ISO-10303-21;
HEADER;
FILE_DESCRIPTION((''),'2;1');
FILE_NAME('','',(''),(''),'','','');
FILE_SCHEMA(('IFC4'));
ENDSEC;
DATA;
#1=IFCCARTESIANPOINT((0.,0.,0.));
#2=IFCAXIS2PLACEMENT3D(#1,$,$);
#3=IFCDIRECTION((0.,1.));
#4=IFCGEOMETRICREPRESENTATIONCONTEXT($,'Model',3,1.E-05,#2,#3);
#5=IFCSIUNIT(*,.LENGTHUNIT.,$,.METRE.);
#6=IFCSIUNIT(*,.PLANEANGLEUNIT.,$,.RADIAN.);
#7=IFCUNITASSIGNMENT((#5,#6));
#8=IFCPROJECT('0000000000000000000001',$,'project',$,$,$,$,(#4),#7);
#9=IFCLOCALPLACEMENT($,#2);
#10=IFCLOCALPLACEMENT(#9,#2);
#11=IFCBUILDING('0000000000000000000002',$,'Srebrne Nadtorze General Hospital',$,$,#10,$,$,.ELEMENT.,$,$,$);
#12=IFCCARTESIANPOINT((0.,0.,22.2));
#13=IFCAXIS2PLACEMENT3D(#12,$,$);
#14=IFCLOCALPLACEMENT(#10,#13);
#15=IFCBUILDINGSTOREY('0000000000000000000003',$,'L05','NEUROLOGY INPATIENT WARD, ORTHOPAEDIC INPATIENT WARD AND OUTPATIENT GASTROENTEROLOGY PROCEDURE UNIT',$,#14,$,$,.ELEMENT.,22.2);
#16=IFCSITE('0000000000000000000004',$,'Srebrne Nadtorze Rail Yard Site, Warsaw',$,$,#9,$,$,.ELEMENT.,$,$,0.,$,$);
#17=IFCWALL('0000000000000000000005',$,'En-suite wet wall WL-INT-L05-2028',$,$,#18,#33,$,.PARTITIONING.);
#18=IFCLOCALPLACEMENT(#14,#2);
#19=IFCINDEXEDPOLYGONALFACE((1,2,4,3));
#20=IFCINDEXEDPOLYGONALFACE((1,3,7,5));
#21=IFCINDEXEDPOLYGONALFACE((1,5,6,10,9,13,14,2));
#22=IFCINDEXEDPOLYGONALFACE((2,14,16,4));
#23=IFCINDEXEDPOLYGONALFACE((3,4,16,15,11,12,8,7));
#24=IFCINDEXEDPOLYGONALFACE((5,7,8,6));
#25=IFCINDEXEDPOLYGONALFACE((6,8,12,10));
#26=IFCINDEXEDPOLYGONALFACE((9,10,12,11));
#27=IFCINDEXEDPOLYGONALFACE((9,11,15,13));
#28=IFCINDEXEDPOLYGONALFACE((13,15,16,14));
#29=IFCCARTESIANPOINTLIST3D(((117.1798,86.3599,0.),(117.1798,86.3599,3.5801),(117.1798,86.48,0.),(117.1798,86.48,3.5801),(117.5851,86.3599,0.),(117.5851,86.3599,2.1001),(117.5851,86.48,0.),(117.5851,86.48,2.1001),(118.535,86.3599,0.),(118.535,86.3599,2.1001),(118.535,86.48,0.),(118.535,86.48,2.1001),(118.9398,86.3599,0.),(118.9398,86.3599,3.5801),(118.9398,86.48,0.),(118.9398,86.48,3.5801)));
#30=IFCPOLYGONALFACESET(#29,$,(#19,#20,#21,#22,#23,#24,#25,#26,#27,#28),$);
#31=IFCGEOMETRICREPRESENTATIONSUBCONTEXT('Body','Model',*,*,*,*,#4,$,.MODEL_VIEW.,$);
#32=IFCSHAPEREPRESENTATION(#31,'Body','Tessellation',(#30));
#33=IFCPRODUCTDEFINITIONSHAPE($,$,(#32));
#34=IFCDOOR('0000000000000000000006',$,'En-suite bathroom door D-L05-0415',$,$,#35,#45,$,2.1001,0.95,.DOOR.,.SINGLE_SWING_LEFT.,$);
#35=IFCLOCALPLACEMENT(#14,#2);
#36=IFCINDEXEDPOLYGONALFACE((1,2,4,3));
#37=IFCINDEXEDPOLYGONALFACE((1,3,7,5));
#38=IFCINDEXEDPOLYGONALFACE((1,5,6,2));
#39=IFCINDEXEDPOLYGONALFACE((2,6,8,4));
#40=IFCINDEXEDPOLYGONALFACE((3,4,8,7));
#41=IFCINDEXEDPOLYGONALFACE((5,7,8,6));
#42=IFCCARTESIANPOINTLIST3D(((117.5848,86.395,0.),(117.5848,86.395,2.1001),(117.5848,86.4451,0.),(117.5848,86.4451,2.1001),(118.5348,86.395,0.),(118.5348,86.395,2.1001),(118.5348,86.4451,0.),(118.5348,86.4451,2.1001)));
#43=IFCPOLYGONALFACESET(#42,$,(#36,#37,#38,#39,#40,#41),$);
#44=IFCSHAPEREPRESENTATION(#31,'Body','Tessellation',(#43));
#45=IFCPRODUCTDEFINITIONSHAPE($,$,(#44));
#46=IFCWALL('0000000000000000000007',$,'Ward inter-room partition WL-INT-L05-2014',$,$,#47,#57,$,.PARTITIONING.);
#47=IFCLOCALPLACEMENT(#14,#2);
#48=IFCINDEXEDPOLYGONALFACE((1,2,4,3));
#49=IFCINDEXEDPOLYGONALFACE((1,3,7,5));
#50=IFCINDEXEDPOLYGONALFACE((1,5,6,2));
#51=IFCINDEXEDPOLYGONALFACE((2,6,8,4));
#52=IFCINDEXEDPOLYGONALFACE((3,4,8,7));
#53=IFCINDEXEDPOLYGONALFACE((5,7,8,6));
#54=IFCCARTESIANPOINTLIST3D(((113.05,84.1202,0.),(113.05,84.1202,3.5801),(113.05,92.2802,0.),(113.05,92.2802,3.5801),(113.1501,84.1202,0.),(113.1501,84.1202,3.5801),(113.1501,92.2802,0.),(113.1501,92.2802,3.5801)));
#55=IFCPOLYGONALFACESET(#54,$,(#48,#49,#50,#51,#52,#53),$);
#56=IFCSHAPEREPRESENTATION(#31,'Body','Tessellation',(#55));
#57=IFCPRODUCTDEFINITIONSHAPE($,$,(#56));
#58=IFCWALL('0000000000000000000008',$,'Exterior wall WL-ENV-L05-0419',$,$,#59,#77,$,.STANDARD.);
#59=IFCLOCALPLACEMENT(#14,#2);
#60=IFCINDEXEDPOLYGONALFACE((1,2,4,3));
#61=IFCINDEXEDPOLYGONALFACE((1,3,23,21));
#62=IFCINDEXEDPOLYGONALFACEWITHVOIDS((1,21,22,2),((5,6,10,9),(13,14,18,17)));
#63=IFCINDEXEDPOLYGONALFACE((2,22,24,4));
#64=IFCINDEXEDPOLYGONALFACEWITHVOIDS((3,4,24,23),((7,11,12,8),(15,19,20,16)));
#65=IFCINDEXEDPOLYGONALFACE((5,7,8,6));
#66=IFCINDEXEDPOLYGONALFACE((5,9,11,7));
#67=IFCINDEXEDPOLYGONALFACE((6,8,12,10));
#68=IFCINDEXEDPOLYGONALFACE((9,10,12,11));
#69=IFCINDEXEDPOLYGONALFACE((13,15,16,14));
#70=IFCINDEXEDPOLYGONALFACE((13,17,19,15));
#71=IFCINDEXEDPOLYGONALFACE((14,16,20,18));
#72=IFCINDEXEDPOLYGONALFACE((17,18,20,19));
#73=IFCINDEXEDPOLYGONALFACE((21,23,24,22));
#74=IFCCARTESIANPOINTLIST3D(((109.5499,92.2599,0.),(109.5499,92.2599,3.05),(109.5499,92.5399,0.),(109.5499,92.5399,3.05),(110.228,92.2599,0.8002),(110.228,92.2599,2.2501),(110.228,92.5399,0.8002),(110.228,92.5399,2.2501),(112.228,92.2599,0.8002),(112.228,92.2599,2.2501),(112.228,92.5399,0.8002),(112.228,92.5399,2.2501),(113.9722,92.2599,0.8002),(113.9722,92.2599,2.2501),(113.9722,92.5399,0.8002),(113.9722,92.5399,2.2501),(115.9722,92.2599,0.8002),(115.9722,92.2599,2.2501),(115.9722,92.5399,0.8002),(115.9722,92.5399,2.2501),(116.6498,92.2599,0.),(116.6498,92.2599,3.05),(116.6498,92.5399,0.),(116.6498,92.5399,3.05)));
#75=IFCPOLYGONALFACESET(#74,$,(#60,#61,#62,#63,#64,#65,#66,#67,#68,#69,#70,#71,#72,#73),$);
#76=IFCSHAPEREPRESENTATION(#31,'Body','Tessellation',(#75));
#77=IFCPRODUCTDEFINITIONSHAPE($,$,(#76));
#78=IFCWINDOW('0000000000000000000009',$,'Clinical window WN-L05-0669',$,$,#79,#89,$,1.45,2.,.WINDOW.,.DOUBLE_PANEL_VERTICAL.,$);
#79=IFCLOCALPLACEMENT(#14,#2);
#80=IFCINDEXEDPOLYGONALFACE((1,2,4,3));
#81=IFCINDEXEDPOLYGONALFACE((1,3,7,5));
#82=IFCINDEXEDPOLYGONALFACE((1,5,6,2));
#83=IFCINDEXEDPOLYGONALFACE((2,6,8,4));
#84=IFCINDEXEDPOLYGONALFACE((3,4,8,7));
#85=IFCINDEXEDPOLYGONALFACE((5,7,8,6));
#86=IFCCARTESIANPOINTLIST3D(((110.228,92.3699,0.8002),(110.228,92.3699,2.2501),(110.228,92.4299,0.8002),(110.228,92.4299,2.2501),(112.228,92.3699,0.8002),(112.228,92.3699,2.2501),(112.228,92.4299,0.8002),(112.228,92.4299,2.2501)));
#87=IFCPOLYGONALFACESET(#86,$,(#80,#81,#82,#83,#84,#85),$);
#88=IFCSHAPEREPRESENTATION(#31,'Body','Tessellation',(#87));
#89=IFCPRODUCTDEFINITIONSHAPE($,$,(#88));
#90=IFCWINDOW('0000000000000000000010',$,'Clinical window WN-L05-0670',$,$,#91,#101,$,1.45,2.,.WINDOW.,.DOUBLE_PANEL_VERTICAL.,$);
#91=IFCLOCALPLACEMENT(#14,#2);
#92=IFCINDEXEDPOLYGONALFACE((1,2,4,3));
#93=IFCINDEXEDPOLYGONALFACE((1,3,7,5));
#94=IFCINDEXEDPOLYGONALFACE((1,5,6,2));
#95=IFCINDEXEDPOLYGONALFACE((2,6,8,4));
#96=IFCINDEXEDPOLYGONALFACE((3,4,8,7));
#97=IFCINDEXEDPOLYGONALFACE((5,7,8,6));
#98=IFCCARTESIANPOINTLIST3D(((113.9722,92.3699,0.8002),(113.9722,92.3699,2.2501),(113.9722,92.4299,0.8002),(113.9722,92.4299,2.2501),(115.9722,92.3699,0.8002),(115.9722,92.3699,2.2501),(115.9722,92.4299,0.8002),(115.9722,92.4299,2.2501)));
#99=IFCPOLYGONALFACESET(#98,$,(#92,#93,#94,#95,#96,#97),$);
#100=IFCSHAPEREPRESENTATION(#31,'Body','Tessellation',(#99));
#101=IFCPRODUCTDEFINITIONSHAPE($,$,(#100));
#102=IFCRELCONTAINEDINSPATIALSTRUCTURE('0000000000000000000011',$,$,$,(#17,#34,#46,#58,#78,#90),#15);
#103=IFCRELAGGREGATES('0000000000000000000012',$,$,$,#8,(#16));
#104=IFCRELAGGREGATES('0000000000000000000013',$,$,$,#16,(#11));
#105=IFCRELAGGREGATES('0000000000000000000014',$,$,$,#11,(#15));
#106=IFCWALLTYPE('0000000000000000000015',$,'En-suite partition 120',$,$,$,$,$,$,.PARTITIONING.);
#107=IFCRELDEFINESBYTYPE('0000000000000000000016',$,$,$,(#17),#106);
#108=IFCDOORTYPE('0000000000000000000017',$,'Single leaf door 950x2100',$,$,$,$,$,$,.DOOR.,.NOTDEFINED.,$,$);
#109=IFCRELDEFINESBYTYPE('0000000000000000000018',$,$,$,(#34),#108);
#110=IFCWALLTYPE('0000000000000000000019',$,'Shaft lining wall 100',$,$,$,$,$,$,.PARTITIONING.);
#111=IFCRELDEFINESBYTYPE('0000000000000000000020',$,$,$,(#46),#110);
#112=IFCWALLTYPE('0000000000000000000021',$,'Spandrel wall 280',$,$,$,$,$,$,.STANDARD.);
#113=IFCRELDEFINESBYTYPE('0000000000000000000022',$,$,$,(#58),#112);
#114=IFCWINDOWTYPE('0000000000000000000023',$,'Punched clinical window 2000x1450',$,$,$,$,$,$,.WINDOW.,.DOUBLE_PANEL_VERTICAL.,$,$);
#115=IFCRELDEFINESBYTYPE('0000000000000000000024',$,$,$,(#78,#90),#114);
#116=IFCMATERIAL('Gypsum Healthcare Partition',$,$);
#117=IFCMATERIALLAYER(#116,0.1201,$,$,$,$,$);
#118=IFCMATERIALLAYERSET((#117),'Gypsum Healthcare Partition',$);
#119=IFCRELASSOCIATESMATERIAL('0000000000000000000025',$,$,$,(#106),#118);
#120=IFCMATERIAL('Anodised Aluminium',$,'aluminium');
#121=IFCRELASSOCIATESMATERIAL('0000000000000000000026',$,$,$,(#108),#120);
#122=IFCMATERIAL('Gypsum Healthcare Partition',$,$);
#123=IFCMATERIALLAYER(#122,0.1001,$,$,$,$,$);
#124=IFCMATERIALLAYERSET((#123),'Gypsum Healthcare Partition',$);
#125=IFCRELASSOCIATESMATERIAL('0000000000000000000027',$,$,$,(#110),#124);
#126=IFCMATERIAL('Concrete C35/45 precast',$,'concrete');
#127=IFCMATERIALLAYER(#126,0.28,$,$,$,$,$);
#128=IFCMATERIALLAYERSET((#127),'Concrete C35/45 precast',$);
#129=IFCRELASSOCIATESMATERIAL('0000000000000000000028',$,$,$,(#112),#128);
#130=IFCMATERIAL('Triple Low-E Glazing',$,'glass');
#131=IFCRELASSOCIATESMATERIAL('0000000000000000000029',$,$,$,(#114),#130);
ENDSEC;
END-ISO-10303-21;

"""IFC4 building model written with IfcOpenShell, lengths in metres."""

from ifc_helpers import new_model, si_unit, direction, frame, frame_2d, origin, place, context, subcontext, project, spatial, rectangle, extrude, material, layer, layer_set, type_object, element, fill, save


model = new_model("IFC4")

# Units and contexts
model_context = context("Model", 3, precision=1e-05, world=origin(), true_north=direction((0.0, 1.0)))
body_context = subcontext(model_context, "Body", "Model", "MODEL_VIEW")
ifc_project = project(units=[si_unit("LENGTHUNIT", "METRE"), si_unit("PLANEANGLEUNIT", "RADIAN")], contexts=[model_context])

# Site, building, storey
site_placement = place(None, origin())
site = spatial("IfcSite", under=ifc_project, at=site_placement, Name="Srebrne Nadtorze Rail Yard Site, Warsaw", CompositionType="ELEMENT", RefElevation=0.0)
building_placement = place(site_placement, origin())
building = spatial("IfcBuilding", under=site, at=building_placement, Name="Srebrne Nadtorze General Hospital", CompositionType="ELEMENT")
storey_placement = place(building_placement, frame((0.0, 0.0, 22.2)))
storey = spatial("IfcBuildingStorey", under=building, at=storey_placement, Name="L05", Description="NEUROLOGY INPATIENT WARD, ORTHOPAEDIC INPATIENT WARD AND OUTPATIENT GASTROENTEROLOGY PROCEDURE UNIT", CompositionType="ELEMENT", Elevation=22.2)

# Shared definitions
ifc_material_1 = material(Name="Gypsum Healthcare Partition")
ifc_layer_1 = layer(ifc_material_1, 0.1201)
ifc_layer_set_1 = layer_set([ifc_layer_1], Name="Gypsum Healthcare Partition")
wall_type_1 = type_object("IfcWallType", Name="En-suite partition 120", PredefinedType="PARTITIONING", material=ifc_layer_set_1)

# Wall, opening, door
wall_1_placement = place(storey_placement, frame((117.1799, 86.4199, 0.0), z_axis=(0.0, 0.0, 1.0), x_axis=(1.0, 0.0, 0.0)))
wall_1 = element("IfcWall", 1, at=wall_1_placement, inside=storey, type_object=wall_type_1, Name="En-suite wet wall WL-INT-L05-2028", PredefinedType="PARTITIONING", context=body_context, shape_type="SweptSolid", body=[
    extrude(rectangle(XDim=1.76, YDim=0.1201, at=frame_2d((0.8799, 0.0))), origin(), (0.0, 0.0, 1.0), 3.5801),
])
opening_1_placement = place(wall_1_placement, frame((0.405, 0.0, 0.0)))
opening_1 = element("IfcOpeningElement", 2, at=opening_1_placement, cuts=wall_1, PredefinedType="OPENING", context=body_context, shape_type="SweptSolid", body=[
    extrude(rectangle(XDim=0.95, YDim=2.1001, at=frame_2d((0.4751, 1.05))), frame((0.0, 0.072, 0.0), z_axis=(0.0, -1.0, 0.0), x_axis=(1.0, 0.0, 0.0)), (0.0, 0.0, 1.0), 0.144),
])
ifc_material_2 = material(Name="Anodised Aluminium", Category="aluminium")
door_type_1 = type_object("IfcDoorType", Name="Single leaf door 950x2100", OperationType="NOTDEFINED", PredefinedType="DOOR", material=ifc_material_2)
door_1_placement = place(opening_1_placement, frame((0.95, 0.0, 0.0), z_axis=(0.0, 0.0, 1.0), x_axis=(-1.0, 0.0, 0.0)))
door_1 = element("IfcDoor", 3, at=door_1_placement, inside=storey, type_object=door_type_1, Name="En-suite bathroom door D-L05-0415", OperationType="SINGLE_SWING_LEFT", OverallHeight=2.1001, OverallWidth=0.95, PredefinedType="DOOR", context=body_context, shape_type="SweptSolid", body=[
    extrude(rectangle(XDim=0.95, YDim=2.1001, at=frame_2d((0.4751, 1.05))), frame((0.0, 0.0249, 0.0), z_axis=(0.0, -1.0, 0.0), x_axis=(1.0, 0.0, 0.0)), (0.0, 0.0, 1.0), 0.05),
])
fill(opening_1, door_1)

# Wall
ifc_material_3 = material(Name="Gypsum Healthcare Partition")
ifc_layer_2 = layer(ifc_material_3, 0.1001)
ifc_layer_set_2 = layer_set([ifc_layer_2], Name="Gypsum Healthcare Partition")
wall_type_2 = type_object("IfcWallType", Name="Shaft lining wall 100", PredefinedType="PARTITIONING", material=ifc_layer_set_2)
wall_2_placement = place(storey_placement, frame((113.1001, 84.1201, 0.0), z_axis=(0.0, 0.0, 1.0), x_axis=(0.0, 1.0, 0.0)))
element("IfcWall", 4, at=wall_2_placement, inside=storey, type_object=wall_type_2, Name="Ward inter-room partition WL-INT-L05-2014", PredefinedType="PARTITIONING", context=body_context, shape_type="SweptSolid", body=[
    extrude(rectangle(XDim=8.1599, YDim=0.1001, at=frame_2d((4.0801, 0.0))), origin(), (0.0, 0.0, 1.0), 3.5801),
])

# Wall, openings, windows
ifc_material_4 = material(Name="Concrete C35/45 precast", Category="concrete")
ifc_layer_3 = layer(ifc_material_4, 0.28)
ifc_layer_set_3 = layer_set([ifc_layer_3], Name="Concrete C35/45 precast")
wall_type_3 = type_object("IfcWallType", Name="Spandrel wall 280", PredefinedType="STANDARD", material=ifc_layer_set_3)
wall_3_placement = place(storey_placement, frame((109.55, 92.3999, 0.0), z_axis=(0.0, 0.0, 1.0), x_axis=(1.0, 0.0, 0.0)))
wall_3 = element("IfcWall", 5, at=wall_3_placement, inside=storey, type_object=wall_type_3, Name="Exterior wall WL-ENV-L05-0419", PredefinedType="STANDARD", context=body_context, shape_type="SweptSolid", body=[
    extrude(rectangle(XDim=7.0999, YDim=0.28, at=frame_2d((3.5498, 0.0))), origin(), (0.0, 0.0, 1.0), 3.05),
])
opening_2_placement = place(wall_3_placement, frame((0.678, 0.0, 0.8)))
opening_2 = element("IfcOpeningElement", 6, at=opening_2_placement, cuts=wall_3, PredefinedType="OPENING", context=body_context, shape_type="SweptSolid", body=[
    extrude(rectangle(XDim=2.0, YDim=1.45, at=frame_2d((1.0, 0.7251))), frame((0.0, 0.1519, 0.0), z_axis=(0.0, -1.0, 0.0), x_axis=(1.0, 0.0, 0.0)), (0.0, 0.0, 1.0), 0.304),
])
opening_3_placement = place(wall_3_placement, frame((4.4221, 0.0, 0.8)))
opening_3 = element("IfcOpeningElement", 7, at=opening_3_placement, cuts=wall_3, PredefinedType="OPENING", context=body_context, shape_type="SweptSolid", body=[
    extrude(rectangle(XDim=2.0, YDim=1.45, at=frame_2d((1.0, 0.7251))), frame((0.0, 0.1519, 0.0), z_axis=(0.0, -1.0, 0.0), x_axis=(1.0, 0.0, 0.0)), (0.0, 0.0, 1.0), 0.304),
])
ifc_material_5 = material(Name="Triple Low-E Glazing", Category="glass")
window_type = type_object("IfcWindowType", Name="Punched clinical window 2000x1450", PartitioningType="DOUBLE_PANEL_VERTICAL", PredefinedType="WINDOW", material=ifc_material_5)
window_1_placement = place(opening_2_placement, origin())
window_1 = element("IfcWindow", 8, at=window_1_placement, inside=storey, type_object=window_type, Name="Clinical window WN-L05-0669", OverallHeight=1.45, OverallWidth=2.0, PartitioningType="DOUBLE_PANEL_VERTICAL", PredefinedType="WINDOW", context=body_context, shape_type="SweptSolid", body=[
    extrude(rectangle(XDim=2.0, YDim=1.45, at=frame_2d((1.0, 0.7251))), frame((0.0, 0.03, 0.0), z_axis=(0.0, -1.0, 0.0), x_axis=(1.0, 0.0, 0.0)), (0.0, 0.0, 1.0), 0.0601),
])
fill(opening_2, window_1)
window_2_placement = place(opening_3_placement, origin())
window_2 = element("IfcWindow", 9, at=window_2_placement, inside=storey, type_object=window_type, Name="Clinical window WN-L05-0670", OverallHeight=1.45, OverallWidth=2.0, PartitioningType="DOUBLE_PANEL_VERTICAL", PredefinedType="WINDOW", context=body_context, shape_type="SweptSolid", body=[
    extrude(rectangle(XDim=2.0, YDim=1.45, at=frame_2d((1.0, 0.7251))), frame((0.0, 0.03, 0.0), z_axis=(0.0, -1.0, 0.0), x_axis=(1.0, 0.0, 0.0)), (0.0, 0.0, 1.0), 0.0601),
])
fill(opening_3, window_2)

save(model, "model.ifc")
